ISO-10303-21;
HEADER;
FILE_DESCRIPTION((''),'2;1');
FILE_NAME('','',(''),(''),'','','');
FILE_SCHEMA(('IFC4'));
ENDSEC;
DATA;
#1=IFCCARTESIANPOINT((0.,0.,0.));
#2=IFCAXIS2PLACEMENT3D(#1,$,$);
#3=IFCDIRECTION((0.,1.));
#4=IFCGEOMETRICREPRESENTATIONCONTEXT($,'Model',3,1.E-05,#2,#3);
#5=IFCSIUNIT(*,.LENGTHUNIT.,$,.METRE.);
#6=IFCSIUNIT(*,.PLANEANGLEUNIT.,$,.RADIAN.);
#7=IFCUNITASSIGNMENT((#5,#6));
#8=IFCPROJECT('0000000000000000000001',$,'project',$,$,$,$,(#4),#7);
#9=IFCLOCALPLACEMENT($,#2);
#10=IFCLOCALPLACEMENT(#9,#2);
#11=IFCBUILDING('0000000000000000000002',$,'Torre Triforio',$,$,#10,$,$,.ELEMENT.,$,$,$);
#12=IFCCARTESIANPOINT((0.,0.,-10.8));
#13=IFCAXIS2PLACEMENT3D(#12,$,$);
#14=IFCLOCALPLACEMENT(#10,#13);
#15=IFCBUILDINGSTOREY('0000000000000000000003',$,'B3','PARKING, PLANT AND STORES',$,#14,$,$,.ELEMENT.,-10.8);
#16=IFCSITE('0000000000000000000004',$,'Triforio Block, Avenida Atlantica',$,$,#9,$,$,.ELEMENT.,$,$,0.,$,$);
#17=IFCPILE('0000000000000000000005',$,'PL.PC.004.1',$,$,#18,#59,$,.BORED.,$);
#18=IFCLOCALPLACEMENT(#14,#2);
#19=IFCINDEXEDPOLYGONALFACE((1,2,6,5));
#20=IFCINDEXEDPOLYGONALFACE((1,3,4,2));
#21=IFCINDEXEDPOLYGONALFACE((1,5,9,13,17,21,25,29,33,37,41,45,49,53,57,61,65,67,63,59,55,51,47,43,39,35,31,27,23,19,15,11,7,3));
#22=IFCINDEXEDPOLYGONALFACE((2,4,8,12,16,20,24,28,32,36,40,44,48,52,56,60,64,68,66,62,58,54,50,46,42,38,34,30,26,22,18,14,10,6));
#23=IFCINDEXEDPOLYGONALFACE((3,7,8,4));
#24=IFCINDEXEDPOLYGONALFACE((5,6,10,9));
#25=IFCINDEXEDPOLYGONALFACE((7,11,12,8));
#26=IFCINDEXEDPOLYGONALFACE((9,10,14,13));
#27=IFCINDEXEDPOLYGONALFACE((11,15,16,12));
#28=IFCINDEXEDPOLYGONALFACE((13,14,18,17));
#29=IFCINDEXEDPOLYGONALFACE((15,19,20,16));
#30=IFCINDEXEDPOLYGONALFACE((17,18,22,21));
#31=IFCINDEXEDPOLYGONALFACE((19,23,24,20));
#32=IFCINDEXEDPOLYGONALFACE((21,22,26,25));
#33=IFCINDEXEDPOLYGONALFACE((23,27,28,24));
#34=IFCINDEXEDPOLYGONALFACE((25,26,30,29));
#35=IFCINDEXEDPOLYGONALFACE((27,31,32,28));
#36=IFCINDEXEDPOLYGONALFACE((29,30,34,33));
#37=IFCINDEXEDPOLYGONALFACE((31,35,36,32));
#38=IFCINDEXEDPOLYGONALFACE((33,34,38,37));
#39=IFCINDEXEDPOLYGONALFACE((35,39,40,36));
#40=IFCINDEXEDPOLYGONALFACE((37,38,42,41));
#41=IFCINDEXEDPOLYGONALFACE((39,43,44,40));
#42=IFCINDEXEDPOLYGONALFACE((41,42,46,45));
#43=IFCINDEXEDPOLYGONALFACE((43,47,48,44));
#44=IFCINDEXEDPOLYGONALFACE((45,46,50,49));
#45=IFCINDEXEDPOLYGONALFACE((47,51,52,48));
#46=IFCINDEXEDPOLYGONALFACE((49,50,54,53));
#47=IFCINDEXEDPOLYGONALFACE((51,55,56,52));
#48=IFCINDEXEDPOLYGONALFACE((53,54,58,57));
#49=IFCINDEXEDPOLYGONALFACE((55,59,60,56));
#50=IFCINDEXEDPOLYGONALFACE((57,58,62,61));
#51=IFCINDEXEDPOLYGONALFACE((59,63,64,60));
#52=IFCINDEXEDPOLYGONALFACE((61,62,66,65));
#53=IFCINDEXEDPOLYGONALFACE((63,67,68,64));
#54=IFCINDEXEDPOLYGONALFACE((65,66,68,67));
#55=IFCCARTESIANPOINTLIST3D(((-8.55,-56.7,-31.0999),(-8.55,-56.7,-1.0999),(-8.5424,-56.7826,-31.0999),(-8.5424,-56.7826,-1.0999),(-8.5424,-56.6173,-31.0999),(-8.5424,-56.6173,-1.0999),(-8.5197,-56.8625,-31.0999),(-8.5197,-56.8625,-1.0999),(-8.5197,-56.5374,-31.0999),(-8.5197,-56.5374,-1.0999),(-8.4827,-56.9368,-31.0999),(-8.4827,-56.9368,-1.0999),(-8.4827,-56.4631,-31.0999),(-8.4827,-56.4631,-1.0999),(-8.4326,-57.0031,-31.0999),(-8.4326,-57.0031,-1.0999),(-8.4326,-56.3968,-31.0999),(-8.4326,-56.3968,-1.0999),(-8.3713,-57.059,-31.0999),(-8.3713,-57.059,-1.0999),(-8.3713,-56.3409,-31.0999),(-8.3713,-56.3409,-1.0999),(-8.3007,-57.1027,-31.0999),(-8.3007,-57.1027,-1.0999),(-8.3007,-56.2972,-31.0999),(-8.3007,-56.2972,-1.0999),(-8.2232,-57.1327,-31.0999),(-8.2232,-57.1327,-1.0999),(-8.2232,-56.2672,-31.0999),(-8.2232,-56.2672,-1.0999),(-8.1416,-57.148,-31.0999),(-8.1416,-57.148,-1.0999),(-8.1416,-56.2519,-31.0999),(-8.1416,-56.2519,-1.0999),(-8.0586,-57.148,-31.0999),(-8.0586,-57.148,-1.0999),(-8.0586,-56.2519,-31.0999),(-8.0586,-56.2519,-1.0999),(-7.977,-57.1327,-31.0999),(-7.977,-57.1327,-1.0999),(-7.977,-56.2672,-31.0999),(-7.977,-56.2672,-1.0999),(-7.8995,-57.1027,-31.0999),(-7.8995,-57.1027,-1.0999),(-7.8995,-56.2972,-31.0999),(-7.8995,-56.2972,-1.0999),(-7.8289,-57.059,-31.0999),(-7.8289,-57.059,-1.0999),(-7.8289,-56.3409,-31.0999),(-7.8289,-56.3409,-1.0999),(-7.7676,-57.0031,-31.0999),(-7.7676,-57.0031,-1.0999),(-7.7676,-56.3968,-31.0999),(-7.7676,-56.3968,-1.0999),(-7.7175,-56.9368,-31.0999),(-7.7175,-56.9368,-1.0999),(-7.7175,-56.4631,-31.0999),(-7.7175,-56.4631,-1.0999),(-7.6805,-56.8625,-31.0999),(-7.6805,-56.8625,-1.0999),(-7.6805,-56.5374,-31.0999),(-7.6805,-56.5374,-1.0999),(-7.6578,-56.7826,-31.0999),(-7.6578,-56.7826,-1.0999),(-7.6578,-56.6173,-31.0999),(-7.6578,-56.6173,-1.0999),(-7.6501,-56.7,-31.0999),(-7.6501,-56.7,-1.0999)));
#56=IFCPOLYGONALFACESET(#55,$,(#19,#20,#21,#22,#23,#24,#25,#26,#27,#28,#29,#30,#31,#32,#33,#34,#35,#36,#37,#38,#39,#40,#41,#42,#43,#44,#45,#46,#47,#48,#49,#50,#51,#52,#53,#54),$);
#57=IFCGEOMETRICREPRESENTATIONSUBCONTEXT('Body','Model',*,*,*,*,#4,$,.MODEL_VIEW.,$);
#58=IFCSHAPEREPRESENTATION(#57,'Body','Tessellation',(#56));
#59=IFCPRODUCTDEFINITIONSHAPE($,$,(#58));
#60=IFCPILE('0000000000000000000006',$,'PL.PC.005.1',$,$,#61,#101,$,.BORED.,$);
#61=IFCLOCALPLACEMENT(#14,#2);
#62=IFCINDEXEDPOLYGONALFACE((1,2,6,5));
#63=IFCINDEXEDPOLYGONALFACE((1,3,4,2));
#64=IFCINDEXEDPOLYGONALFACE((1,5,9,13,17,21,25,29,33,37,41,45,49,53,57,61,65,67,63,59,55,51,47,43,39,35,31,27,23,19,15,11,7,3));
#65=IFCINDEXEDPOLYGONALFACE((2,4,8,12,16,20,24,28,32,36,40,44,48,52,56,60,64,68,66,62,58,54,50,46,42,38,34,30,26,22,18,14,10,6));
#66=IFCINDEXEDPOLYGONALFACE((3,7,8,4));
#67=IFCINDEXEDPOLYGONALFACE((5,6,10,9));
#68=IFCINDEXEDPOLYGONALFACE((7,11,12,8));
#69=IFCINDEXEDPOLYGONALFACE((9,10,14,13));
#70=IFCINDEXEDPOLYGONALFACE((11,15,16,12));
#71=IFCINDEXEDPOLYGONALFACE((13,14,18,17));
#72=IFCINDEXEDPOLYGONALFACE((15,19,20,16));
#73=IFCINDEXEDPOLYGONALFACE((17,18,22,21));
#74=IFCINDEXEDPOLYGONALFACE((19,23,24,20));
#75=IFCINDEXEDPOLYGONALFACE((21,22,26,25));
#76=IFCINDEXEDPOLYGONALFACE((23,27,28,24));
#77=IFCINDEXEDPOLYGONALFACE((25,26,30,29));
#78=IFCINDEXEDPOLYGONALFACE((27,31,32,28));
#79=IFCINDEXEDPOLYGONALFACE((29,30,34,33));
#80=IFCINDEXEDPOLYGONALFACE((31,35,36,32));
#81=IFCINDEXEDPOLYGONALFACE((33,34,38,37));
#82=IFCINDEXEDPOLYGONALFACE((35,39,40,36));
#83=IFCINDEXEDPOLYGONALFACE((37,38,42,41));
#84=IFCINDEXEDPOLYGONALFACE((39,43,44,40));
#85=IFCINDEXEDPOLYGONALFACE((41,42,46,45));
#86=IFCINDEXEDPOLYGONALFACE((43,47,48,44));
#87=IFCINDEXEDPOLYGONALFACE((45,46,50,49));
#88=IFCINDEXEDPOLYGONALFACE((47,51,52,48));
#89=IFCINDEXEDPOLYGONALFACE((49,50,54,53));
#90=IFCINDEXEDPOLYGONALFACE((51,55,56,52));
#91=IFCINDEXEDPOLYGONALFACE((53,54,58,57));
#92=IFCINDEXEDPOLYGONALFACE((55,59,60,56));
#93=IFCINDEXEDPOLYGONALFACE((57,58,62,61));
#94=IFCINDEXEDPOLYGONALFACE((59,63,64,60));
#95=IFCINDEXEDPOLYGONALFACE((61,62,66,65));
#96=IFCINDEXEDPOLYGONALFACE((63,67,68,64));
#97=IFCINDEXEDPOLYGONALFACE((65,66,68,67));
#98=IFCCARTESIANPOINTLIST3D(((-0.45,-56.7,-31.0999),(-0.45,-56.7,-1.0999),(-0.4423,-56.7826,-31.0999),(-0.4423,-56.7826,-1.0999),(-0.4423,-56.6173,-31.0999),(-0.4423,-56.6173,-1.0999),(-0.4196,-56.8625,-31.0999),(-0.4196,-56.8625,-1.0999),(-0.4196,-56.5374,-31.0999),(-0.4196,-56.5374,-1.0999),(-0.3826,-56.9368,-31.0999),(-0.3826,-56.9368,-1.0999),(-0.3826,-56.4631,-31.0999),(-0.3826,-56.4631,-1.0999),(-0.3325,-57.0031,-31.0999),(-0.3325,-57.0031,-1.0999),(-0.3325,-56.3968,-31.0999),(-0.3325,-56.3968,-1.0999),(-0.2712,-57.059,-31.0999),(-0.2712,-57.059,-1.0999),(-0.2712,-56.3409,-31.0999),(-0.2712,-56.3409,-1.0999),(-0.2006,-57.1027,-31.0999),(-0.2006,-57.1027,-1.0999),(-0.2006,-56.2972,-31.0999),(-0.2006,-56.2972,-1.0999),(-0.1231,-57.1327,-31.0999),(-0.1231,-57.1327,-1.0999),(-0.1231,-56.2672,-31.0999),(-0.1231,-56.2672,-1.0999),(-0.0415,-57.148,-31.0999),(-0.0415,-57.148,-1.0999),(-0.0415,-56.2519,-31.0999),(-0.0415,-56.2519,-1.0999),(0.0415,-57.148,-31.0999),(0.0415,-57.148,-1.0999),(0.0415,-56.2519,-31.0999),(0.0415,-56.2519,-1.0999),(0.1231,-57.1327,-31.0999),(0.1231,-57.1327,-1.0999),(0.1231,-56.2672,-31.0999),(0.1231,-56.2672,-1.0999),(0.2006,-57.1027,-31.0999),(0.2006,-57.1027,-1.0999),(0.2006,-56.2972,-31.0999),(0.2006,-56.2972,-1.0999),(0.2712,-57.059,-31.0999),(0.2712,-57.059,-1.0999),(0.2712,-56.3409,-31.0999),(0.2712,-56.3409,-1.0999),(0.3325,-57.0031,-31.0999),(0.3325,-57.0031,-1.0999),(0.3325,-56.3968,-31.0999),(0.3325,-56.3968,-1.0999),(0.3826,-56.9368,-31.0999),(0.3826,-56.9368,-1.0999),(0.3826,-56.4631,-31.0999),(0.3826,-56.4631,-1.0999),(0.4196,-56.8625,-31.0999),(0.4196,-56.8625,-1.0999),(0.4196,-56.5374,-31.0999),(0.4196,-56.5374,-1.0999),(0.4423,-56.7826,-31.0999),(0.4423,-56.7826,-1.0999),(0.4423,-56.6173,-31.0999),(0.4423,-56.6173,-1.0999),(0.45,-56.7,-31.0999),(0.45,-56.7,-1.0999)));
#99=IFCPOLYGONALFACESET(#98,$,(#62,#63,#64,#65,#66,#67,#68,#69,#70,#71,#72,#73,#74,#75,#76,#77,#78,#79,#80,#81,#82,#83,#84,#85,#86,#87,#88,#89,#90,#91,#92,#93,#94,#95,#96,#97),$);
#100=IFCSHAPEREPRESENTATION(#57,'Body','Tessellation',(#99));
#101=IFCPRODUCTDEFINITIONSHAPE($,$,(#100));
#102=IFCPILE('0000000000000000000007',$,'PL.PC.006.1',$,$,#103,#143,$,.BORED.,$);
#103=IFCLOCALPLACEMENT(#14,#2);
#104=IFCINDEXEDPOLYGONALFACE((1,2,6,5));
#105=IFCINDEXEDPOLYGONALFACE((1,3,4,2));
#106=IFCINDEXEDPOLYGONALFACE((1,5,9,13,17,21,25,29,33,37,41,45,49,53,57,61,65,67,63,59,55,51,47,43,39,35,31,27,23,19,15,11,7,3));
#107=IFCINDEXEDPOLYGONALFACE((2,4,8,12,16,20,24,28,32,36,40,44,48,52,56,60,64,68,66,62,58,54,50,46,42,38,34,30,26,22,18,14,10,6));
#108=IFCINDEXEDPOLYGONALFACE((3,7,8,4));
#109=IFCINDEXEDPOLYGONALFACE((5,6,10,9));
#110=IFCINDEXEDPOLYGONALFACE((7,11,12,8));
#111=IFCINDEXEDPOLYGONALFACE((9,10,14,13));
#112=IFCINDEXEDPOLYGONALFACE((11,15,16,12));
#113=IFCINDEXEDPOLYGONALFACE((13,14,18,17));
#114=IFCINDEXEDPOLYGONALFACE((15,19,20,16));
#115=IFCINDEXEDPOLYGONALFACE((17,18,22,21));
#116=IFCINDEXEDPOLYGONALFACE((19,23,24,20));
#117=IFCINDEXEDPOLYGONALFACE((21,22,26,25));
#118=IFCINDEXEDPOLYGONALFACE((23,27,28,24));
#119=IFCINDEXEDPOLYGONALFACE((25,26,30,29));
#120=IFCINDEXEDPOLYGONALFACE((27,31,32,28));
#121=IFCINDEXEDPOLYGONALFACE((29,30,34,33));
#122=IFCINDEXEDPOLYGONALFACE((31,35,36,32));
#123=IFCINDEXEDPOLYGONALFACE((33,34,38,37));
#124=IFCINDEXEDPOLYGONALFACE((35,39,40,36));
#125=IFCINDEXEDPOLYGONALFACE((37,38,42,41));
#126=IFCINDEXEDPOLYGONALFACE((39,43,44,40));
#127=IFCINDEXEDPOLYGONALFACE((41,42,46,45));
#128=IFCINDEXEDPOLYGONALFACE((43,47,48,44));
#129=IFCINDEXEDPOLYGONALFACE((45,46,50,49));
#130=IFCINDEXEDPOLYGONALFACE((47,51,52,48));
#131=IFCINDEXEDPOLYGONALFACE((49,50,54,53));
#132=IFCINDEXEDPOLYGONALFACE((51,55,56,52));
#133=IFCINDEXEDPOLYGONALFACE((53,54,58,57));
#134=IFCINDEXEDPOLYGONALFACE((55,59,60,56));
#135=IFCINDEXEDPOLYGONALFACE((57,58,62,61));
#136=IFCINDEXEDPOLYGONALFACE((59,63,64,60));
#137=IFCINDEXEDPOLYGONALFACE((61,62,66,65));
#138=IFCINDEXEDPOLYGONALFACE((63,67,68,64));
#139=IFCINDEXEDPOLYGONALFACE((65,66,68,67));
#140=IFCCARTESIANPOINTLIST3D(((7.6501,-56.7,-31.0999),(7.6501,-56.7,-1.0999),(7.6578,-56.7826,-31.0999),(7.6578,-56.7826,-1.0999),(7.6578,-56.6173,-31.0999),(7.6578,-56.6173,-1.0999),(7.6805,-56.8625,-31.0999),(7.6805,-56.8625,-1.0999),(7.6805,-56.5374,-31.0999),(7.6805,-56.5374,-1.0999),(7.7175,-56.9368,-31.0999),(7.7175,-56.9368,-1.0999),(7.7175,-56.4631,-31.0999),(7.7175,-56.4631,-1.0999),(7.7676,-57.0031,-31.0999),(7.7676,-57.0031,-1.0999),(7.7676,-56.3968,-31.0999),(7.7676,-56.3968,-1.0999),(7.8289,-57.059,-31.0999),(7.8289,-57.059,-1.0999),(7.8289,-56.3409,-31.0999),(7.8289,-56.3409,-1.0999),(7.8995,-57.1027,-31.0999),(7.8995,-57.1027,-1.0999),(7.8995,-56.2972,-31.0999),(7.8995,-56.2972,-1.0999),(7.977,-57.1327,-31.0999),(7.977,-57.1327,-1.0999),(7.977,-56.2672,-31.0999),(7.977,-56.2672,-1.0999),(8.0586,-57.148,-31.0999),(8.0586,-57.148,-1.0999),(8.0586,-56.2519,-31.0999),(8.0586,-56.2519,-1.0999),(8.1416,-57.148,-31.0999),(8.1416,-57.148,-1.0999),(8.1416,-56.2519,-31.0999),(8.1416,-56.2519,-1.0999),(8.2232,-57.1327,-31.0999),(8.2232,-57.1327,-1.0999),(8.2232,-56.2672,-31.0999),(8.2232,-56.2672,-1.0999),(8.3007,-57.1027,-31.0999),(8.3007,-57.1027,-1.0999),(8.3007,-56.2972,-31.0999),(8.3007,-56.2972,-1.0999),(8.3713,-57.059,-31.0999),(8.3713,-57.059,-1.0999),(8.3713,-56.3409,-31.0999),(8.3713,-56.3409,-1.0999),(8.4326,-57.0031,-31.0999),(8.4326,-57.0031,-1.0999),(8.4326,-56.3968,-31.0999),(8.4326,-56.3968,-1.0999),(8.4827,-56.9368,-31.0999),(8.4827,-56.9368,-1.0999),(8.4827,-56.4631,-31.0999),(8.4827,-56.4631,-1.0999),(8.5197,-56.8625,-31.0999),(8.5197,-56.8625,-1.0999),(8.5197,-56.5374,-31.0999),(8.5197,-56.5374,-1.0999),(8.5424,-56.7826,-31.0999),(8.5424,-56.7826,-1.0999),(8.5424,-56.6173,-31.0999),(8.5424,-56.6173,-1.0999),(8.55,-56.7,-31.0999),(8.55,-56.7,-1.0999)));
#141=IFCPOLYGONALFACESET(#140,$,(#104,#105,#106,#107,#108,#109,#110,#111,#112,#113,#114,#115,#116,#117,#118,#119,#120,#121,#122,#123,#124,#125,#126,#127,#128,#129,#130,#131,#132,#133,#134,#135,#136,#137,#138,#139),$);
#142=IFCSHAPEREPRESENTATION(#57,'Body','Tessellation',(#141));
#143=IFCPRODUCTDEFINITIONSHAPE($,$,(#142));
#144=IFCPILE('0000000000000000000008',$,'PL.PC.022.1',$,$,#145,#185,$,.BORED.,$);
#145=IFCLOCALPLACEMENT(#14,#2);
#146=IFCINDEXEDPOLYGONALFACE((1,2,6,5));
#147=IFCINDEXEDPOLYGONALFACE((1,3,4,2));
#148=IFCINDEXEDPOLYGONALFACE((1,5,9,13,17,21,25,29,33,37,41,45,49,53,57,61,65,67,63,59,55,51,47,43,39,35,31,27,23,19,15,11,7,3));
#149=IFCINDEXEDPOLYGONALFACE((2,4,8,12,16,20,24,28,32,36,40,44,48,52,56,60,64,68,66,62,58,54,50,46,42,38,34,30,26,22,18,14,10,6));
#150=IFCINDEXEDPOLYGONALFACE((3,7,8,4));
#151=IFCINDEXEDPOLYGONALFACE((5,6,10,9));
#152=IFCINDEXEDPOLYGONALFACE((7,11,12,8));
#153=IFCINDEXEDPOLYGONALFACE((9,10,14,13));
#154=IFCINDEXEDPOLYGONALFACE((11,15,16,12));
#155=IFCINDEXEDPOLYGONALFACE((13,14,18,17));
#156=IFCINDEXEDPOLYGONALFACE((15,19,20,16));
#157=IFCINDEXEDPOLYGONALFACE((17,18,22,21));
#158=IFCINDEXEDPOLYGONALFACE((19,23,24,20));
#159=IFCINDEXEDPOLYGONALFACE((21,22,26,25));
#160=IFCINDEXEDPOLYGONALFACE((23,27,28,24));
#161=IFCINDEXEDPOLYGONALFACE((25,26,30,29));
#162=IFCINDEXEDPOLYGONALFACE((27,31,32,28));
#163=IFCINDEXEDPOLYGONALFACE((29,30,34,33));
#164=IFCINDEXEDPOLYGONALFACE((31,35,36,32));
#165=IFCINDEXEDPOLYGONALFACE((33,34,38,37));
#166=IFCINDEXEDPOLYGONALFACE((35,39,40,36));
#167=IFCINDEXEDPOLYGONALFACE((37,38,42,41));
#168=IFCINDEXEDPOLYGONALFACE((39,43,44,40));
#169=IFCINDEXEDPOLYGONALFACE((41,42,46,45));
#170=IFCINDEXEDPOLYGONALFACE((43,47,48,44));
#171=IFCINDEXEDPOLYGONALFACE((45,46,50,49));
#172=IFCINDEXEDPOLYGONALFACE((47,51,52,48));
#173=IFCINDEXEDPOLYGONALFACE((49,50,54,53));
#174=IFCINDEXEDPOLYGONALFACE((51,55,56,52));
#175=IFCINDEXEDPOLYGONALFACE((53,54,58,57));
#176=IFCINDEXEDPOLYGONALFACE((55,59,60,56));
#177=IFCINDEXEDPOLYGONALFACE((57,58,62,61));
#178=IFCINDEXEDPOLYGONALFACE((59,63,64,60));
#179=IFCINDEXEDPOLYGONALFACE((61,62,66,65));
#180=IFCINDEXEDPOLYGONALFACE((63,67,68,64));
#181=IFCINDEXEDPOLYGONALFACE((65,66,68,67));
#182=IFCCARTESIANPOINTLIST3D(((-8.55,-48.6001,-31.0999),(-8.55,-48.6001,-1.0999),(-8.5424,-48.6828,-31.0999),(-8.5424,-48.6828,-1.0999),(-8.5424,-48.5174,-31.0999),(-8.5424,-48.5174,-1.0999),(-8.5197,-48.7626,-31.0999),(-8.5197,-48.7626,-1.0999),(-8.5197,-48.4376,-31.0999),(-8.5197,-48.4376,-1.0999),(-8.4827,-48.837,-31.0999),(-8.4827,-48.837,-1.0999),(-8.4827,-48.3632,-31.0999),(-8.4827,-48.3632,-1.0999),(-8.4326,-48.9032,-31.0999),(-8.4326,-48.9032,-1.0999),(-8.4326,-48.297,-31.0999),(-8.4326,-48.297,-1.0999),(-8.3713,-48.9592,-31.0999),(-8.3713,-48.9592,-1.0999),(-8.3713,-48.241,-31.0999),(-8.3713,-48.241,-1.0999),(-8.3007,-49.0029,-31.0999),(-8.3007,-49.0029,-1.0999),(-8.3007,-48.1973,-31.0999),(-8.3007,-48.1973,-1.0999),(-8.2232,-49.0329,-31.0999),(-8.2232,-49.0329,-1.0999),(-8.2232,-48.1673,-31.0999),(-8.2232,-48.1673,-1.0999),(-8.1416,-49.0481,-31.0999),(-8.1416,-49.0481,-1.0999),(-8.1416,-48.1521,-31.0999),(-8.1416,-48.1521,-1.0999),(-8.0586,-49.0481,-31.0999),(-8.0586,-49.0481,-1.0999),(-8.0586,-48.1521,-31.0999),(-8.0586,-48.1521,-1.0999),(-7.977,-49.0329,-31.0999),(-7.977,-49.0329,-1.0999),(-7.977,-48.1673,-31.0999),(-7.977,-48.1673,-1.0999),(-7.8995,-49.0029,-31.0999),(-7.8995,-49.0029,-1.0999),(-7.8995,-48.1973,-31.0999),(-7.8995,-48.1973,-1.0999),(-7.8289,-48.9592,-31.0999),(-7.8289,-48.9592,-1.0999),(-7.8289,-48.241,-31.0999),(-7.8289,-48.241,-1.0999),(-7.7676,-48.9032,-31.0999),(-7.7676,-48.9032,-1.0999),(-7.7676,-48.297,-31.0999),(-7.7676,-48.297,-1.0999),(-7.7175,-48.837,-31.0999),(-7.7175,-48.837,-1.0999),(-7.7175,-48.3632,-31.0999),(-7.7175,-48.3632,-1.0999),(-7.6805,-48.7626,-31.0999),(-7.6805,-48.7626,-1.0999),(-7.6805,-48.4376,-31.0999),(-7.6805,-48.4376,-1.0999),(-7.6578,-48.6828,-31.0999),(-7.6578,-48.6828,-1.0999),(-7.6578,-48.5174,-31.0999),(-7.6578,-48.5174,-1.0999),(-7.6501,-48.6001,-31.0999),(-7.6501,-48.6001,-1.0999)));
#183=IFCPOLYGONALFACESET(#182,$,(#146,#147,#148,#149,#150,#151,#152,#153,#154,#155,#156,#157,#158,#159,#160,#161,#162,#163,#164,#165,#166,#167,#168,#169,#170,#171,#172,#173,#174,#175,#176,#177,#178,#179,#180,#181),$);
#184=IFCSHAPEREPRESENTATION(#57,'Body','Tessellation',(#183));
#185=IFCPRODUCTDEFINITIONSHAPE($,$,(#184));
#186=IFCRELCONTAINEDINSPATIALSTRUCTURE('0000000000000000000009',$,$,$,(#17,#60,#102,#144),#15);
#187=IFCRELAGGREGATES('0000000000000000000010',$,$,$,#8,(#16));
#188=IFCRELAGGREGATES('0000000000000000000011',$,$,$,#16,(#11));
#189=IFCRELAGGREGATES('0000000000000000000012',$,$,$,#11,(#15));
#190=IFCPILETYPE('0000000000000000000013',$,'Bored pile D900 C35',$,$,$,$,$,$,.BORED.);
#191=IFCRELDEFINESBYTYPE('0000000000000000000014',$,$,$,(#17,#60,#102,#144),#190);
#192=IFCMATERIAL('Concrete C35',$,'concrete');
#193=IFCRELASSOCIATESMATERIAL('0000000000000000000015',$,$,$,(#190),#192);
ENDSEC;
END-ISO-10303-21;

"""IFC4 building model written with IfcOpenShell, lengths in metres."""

from ifc_helpers import new_model, si_unit, direction, frame, origin, origin_2d, place, context, subcontext, project, spatial, circle, extrude, material, material_profile, profile_set, type_object, element, save


model = new_model("IFC4")

# Units and contexts
model_context = context("Model", 3, precision=1e-05, world=origin(), true_north=direction((0.0, 1.0)))
body_context = subcontext(model_context, "Body", "Model", "MODEL_VIEW")
ifc_project = project(units=[si_unit("LENGTHUNIT", "METRE"), si_unit("PLANEANGLEUNIT", "RADIAN")], contexts=[model_context])

# Site, building, storey
site_placement = place(None, origin())
site = spatial("IfcSite", under=ifc_project, at=site_placement, Name="Triforio Block, Avenida Atlantica", CompositionType="ELEMENT", RefElevation=0.0)
building_placement = place(site_placement, origin())
building = spatial("IfcBuilding", under=site, at=building_placement, Name="Torre Triforio", CompositionType="ELEMENT")
storey_placement = place(building_placement, frame((0.0, 0.0, -10.8)))
storey = spatial("IfcBuildingStorey", under=building, at=storey_placement, Name="B3", Description="PARKING, PLANT AND STORES", CompositionType="ELEMENT", Elevation=-10.8)

# Piles
ifc_material_1 = material(Name="Concrete C35", Category="concrete")
ifc_material_profile_1 = material_profile(ifc_material_1, circle(Radius=0.45, at=origin_2d()), Name="RC D900")
ifc_profile_set_1 = profile_set([ifc_material_profile_1], Name="Concrete C35")
pile_type = type_object("IfcPileType", Name="Bored pile D900 C35", PredefinedType="BORED", material=ifc_profile_set_1)
for number, where, z_axis, x_axis, name in (
    (1, (-8.1001, -56.7, -1.0999), (0.0, 0.0, -1.0), (1.0, 0.0, 0.0), "PL.PC.004.1"),
    (2, (0.0, -56.7, -1.0999), (0.0, 0.0, -1.0), (1.0, 0.0, 0.0), "PL.PC.005.1"),
    (3, (8.1001, -56.7, -1.0999), (0.0, 0.0, -1.0), (1.0, 0.0, 0.0), "PL.PC.006.1"),
    (4, (-8.1001, -48.6001, -1.0999), (0.0, 0.0, -1.0), (1.0, 0.0, 0.0), "PL.PC.022.1"),
):
    element("IfcPile", number, at=place(storey_placement, frame(where, z_axis=z_axis, x_axis=x_axis)), inside=storey, type_object=pile_type, Name=name, PredefinedType="BORED", context=body_context, shape_type="SweptSolid", body=[
        extrude(circle(Radius=0.45, at=origin_2d()), origin(), (0.0, 0.0, 1.0), 30.0),
    ])

save(model, "model.ifc")
